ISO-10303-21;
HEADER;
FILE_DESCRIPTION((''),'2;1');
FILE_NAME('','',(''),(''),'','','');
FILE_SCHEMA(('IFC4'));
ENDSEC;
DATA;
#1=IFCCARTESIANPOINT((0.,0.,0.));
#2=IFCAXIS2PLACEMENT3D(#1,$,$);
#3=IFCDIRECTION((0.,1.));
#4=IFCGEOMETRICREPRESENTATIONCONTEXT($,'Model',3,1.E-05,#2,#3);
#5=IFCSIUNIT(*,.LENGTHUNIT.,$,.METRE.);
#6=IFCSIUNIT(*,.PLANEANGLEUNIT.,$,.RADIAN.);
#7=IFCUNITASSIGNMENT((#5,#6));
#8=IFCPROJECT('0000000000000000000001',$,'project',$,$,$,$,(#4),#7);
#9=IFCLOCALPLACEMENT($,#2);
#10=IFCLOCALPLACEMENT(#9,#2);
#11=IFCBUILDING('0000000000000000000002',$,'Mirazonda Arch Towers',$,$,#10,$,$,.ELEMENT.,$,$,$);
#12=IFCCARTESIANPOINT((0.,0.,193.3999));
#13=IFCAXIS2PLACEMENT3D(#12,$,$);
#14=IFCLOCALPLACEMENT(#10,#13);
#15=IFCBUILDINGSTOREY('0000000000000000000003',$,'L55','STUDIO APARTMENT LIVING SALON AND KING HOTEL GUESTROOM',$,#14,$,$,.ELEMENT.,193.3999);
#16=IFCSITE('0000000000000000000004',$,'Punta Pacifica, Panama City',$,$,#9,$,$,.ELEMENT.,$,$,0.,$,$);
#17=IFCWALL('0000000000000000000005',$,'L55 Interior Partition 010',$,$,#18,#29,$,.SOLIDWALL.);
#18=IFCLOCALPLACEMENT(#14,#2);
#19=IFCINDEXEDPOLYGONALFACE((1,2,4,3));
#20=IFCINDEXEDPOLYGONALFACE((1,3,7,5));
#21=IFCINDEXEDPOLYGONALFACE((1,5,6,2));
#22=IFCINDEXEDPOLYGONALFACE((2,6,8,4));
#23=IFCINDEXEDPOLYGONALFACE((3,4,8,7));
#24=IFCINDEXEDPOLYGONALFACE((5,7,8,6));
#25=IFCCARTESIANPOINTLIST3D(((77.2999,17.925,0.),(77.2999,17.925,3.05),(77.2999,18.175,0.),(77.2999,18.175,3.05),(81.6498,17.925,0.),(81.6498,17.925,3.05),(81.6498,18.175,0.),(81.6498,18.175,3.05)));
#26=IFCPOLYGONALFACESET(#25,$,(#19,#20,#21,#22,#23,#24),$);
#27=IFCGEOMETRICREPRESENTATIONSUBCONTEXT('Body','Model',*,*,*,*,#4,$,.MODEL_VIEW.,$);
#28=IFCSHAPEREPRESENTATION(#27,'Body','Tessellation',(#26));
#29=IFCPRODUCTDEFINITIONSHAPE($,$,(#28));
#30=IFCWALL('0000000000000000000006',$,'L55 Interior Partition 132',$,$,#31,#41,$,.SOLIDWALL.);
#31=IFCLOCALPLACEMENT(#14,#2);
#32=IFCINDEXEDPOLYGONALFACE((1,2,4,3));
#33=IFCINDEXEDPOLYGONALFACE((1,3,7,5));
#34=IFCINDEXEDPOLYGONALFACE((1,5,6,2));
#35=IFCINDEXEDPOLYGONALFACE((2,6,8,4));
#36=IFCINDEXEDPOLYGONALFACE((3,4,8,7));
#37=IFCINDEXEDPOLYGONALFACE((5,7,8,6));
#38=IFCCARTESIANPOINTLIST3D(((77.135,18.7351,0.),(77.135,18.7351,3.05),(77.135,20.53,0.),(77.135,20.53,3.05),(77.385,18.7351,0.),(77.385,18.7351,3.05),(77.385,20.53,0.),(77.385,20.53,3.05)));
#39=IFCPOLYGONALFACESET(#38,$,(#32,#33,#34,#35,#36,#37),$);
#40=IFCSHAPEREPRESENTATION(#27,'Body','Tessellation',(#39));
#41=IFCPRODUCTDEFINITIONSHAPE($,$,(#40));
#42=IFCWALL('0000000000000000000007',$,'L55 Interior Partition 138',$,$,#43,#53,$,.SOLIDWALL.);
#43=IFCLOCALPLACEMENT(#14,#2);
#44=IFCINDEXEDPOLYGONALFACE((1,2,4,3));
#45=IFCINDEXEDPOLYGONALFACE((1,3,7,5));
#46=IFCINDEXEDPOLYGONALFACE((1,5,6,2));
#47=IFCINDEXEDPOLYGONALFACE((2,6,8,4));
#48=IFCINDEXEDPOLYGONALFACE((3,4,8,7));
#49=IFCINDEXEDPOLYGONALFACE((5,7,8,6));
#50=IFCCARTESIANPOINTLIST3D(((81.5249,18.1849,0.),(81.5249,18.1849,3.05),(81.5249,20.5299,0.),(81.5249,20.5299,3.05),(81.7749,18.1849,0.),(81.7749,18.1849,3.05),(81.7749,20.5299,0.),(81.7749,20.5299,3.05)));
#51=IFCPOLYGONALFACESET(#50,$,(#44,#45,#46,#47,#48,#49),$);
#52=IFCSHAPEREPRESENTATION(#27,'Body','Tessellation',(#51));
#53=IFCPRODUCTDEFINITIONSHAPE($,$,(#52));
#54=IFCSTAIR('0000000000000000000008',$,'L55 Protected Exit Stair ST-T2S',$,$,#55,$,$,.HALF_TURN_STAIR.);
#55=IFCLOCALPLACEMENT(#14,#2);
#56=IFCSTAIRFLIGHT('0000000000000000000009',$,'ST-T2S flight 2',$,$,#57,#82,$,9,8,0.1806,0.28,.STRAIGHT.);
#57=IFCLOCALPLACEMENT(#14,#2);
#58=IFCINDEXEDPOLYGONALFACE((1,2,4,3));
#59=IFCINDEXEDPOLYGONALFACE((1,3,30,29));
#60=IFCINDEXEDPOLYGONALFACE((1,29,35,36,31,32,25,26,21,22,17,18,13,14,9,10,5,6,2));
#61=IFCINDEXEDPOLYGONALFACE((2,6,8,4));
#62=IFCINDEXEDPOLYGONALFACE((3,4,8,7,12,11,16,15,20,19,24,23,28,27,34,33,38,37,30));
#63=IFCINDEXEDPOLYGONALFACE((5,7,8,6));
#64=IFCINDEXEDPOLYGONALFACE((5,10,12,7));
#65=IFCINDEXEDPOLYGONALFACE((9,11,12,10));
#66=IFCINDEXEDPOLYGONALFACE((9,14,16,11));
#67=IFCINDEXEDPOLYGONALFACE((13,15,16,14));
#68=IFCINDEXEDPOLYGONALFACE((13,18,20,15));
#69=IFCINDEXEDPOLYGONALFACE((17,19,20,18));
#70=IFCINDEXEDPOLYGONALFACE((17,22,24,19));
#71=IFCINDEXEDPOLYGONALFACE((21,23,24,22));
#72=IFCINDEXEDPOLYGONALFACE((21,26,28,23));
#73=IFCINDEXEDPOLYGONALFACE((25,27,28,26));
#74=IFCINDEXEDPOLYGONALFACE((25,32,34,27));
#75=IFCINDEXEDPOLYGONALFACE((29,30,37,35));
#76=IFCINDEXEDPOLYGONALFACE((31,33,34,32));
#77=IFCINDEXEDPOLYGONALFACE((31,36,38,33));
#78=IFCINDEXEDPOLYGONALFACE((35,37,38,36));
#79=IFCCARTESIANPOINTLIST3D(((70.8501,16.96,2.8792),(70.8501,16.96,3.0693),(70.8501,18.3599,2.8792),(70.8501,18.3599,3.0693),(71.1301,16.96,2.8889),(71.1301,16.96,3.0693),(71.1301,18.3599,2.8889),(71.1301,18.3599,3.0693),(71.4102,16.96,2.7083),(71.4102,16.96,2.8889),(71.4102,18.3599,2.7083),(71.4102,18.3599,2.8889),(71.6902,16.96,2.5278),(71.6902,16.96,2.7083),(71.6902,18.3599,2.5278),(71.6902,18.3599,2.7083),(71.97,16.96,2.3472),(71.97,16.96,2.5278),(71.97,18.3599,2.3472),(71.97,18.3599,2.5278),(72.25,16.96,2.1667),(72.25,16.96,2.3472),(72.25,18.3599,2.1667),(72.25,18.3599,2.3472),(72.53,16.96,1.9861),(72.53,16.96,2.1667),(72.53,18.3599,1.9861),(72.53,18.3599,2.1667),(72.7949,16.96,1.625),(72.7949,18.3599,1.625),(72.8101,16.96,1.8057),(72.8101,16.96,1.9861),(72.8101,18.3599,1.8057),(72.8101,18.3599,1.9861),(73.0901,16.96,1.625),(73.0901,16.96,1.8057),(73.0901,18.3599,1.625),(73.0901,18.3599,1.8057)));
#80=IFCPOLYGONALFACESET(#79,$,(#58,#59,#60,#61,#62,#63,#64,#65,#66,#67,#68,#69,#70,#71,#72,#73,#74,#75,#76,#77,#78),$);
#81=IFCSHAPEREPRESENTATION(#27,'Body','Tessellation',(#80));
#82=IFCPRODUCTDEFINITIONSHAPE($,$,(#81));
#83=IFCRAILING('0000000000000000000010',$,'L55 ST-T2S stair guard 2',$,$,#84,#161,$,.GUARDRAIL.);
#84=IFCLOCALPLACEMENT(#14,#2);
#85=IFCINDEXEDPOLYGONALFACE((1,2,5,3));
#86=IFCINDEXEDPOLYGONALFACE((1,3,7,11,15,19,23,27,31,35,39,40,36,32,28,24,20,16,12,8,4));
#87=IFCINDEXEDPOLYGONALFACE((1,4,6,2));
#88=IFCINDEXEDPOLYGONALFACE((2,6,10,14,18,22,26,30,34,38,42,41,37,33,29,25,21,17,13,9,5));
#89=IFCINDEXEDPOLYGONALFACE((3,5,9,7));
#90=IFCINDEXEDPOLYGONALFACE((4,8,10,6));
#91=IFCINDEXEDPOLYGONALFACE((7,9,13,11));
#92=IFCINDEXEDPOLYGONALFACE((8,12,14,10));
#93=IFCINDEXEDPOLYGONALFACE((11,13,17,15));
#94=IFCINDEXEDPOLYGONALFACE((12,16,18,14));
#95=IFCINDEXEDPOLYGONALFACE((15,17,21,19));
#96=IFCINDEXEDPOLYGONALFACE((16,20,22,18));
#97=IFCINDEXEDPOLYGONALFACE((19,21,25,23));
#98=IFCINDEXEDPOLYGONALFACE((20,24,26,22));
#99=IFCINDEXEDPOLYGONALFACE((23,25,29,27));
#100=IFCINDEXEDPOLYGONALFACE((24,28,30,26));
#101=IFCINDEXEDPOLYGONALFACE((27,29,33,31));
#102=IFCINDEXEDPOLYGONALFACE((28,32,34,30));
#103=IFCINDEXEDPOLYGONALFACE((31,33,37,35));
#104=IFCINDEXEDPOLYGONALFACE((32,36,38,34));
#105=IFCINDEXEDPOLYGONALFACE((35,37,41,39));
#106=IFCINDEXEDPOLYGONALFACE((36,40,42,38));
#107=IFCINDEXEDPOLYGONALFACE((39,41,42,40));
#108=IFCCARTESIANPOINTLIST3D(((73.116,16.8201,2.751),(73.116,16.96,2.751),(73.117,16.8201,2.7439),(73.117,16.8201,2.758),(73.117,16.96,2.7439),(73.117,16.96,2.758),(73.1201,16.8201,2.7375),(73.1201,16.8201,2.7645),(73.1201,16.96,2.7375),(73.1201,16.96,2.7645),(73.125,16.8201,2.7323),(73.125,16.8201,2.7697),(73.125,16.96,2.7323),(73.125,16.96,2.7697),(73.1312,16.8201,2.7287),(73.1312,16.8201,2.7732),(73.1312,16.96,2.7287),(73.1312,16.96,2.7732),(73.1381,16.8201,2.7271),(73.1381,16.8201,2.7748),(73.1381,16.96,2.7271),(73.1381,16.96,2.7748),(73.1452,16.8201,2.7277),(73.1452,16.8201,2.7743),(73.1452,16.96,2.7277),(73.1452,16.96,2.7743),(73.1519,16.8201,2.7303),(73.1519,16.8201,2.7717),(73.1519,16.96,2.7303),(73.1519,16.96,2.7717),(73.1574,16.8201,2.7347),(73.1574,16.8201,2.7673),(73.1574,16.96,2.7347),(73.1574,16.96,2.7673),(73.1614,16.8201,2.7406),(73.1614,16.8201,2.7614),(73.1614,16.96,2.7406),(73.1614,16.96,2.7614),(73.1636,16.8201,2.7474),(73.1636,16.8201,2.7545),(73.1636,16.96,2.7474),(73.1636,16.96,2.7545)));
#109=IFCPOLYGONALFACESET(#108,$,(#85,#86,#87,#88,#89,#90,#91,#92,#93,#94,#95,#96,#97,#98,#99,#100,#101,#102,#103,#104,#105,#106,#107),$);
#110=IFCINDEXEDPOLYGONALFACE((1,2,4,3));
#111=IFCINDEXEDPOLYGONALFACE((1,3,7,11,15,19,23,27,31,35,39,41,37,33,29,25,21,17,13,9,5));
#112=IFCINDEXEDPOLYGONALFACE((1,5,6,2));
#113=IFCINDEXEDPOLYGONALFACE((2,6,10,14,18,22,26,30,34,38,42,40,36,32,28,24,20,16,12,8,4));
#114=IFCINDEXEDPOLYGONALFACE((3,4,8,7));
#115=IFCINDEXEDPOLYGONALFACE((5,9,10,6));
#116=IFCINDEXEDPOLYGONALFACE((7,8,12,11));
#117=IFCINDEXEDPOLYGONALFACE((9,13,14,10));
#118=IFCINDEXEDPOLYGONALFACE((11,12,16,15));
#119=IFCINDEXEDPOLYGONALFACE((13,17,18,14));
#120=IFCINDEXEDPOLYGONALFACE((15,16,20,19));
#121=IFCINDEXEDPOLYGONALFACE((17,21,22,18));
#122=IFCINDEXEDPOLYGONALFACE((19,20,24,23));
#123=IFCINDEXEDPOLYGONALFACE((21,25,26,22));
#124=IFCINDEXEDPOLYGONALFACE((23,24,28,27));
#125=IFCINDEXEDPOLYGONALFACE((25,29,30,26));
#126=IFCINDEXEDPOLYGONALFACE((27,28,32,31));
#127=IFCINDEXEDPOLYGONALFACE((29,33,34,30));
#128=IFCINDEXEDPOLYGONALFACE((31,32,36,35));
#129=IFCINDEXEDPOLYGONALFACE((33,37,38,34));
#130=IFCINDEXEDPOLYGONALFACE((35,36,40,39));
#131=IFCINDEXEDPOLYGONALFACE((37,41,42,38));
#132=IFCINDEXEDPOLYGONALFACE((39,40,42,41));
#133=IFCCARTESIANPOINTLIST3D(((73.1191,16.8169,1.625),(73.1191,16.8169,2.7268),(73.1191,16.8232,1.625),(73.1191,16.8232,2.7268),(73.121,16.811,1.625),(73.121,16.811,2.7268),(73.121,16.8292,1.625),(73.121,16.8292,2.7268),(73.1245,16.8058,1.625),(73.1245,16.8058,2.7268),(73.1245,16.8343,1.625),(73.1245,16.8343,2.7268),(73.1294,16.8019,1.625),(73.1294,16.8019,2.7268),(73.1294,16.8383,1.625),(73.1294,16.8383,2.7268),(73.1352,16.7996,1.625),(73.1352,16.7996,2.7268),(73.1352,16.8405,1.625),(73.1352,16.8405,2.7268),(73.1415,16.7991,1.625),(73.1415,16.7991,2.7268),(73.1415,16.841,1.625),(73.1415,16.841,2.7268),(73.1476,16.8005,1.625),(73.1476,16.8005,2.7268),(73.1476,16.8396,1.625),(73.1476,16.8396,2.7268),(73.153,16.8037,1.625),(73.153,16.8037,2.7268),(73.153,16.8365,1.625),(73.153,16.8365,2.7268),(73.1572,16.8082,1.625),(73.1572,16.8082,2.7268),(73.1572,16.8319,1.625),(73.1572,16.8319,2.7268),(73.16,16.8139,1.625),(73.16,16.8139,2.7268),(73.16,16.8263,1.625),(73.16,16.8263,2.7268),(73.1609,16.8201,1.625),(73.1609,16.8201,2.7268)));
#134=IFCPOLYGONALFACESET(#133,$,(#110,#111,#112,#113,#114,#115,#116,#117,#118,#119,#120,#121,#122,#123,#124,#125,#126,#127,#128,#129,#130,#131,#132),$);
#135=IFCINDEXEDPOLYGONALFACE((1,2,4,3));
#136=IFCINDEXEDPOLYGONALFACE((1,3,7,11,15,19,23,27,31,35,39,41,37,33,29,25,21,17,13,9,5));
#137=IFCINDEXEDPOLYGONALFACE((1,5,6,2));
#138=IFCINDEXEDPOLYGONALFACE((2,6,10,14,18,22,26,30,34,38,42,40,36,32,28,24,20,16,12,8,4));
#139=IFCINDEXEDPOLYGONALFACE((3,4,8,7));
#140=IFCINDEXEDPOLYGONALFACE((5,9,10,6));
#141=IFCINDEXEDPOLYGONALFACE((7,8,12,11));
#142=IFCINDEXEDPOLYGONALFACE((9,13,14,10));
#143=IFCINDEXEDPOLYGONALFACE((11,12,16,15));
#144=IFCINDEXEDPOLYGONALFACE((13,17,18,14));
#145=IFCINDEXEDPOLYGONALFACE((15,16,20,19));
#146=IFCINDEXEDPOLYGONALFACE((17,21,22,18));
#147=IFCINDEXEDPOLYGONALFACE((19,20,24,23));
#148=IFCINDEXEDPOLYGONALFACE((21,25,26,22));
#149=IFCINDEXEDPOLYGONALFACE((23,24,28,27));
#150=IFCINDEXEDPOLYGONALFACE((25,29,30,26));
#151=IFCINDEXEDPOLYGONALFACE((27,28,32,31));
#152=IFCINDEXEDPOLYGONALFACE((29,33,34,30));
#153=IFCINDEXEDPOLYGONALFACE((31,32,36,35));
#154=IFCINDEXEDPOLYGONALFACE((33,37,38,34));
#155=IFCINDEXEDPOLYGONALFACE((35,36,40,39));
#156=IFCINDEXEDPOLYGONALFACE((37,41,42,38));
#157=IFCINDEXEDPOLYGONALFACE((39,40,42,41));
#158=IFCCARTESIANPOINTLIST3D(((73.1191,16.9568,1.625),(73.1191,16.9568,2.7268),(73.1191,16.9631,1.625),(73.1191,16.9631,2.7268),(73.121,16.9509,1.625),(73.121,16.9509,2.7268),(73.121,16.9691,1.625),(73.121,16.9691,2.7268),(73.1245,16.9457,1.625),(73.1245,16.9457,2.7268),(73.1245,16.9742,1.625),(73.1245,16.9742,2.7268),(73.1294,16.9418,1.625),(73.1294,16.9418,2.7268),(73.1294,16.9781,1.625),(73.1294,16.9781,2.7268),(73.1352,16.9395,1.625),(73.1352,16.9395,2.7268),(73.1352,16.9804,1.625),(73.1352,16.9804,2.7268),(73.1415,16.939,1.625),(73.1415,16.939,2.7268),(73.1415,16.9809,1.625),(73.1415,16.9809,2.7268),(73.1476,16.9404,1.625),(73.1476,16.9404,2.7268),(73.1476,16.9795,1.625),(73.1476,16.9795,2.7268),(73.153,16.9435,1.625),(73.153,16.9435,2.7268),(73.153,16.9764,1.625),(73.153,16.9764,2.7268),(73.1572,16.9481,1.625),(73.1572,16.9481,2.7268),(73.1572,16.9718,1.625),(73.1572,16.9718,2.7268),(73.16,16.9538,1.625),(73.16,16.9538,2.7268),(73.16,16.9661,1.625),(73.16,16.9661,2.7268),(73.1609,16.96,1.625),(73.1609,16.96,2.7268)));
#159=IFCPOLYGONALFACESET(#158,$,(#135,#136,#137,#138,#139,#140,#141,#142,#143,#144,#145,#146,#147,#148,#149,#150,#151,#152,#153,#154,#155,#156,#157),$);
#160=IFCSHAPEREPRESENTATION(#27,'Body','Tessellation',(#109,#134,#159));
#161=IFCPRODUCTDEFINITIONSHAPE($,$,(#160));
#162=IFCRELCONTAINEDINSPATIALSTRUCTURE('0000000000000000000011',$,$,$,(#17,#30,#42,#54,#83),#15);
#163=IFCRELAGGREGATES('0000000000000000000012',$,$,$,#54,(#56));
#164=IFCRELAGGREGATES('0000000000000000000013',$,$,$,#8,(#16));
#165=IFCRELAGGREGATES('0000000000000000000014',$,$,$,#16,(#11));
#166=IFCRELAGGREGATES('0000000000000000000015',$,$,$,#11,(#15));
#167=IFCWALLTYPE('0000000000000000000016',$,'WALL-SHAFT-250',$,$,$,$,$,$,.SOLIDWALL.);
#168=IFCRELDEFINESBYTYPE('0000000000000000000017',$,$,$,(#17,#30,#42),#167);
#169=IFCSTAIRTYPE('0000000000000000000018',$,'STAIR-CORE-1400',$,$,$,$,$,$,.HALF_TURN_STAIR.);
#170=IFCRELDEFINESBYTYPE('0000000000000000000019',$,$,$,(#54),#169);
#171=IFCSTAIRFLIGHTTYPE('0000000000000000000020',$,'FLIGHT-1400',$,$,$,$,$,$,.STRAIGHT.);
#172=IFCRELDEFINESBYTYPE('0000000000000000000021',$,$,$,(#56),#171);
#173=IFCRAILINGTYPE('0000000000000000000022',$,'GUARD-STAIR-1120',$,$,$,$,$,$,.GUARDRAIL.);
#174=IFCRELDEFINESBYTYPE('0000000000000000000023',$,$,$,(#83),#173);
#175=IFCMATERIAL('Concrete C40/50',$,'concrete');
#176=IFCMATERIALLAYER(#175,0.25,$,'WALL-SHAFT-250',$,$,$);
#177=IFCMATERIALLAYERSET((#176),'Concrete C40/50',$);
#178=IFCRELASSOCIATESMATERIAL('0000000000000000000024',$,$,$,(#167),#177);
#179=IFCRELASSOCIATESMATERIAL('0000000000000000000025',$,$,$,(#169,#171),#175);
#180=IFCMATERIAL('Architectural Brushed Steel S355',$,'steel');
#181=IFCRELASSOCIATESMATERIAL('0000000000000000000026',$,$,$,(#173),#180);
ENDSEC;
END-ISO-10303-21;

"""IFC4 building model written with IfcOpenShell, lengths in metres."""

from ifc_helpers import new_model, si_unit, direction, frame, frame_2d, origin, origin_2d, place, context, subcontext, project, spatial, polyline, rectangle, circle, outline, extrude, material, layer, layer_set, type_object, element, aggregate, save


model = new_model("IFC4")

# Units and contexts
model_context = context("Model", 3, precision=1e-05, world=origin(), true_north=direction((0.0, 1.0)))
body_context = subcontext(model_context, "Body", "Model", "MODEL_VIEW")
ifc_project = project(units=[si_unit("LENGTHUNIT", "METRE"), si_unit("PLANEANGLEUNIT", "RADIAN")], contexts=[model_context])

# Site, building, storey
site_placement = place(None, origin())
site = spatial("IfcSite", under=ifc_project, at=site_placement, Name="Punta Pacifica, Panama City", CompositionType="ELEMENT", RefElevation=0.0)
building_placement = place(site_placement, origin())
building = spatial("IfcBuilding", under=site, at=building_placement, Name="Mirazonda Arch Towers", CompositionType="ELEMENT")
storey_placement = place(building_placement, frame((0.0, 0.0, 193.3999)))
storey = spatial("IfcBuildingStorey", under=building, at=storey_placement, Name="L55", Description="STUDIO APARTMENT LIVING SALON AND KING HOTEL GUESTROOM", CompositionType="ELEMENT", Elevation=193.3999)

# Shared definitions
ifc_material_1 = material(Name="Architectural Brushed Steel S355", Category="steel")

# Walls
ifc_material_2 = material(Name="Concrete C40/50", Category="concrete")
ifc_layer_1 = layer(ifc_material_2, 0.25, Name="WALL-SHAFT-250")
ifc_layer_set_1 = layer_set([ifc_layer_1], Name="Concrete C40/50")
wall_type_1 = type_object("IfcWallType", Name="WALL-SHAFT-250", PredefinedType="SOLIDWALL", material=ifc_layer_set_1)
wall_1_placement = place(storey_placement, frame((77.3, 18.05, 0.0), z_axis=(0.0, 0.0, 1.0), x_axis=(1.0, 0.0, 0.0)))
element("IfcWall", 1, at=wall_1_placement, inside=storey, type_object=wall_type_1, Name="L55 Interior Partition 010", PredefinedType="SOLIDWALL", context=body_context, shape_type="SweptSolid", body=[
    extrude(rectangle(XDim=4.3499, YDim=0.25, at=frame_2d((2.1748, 0.0))), origin(), (0.0, 0.0, 1.0), 3.05),
])
wall_2_placement = place(storey_placement, frame((77.26, 18.7351, 0.0), z_axis=(0.0, 0.0, 1.0), x_axis=(0.0, 1.0, 0.0)))
element("IfcWall", 2, at=wall_2_placement, inside=storey, type_object=wall_type_1, Name="L55 Interior Partition 132", PredefinedType="SOLIDWALL", context=body_context, shape_type="SweptSolid", body=[
    extrude(rectangle(XDim=1.7949, YDim=0.25, at=frame_2d((0.8975, 0.0))), origin(), (0.0, 0.0, 1.0), 3.05),
])
wall_3_placement = place(storey_placement, frame((81.6499, 18.1851, 0.0), z_axis=(0.0, 0.0, 1.0), x_axis=(0.0, 1.0, 0.0)))
element("IfcWall", 3, at=wall_3_placement, inside=storey, type_object=wall_type_1, Name="L55 Interior Partition 138", PredefinedType="SOLIDWALL", context=body_context, shape_type="SweptSolid", body=[
    extrude(rectangle(XDim=2.345, YDim=0.25, at=frame_2d((1.1724, 0.0))), origin(), (0.0, 0.0, 1.0), 3.05),
])

# Stair, stair flight
stair_type = type_object("IfcStairType", Name="STAIR-CORE-1400", PredefinedType="HALF_TURN_STAIR", material=ifc_material_2)
stair_placement = place(storey_placement, origin())
stair = element("IfcStair", 4, at=stair_placement, inside=storey, type_object=stair_type, Name="L55 Protected Exit Stair ST-T2S", PredefinedType="HALF_TURN_STAIR")
stair_flight_type = type_object("IfcStairFlightType", Name="FLIGHT-1400", PredefinedType="STRAIGHT", material=ifc_material_2)
stair_flight_placement = place(storey_placement, frame((73.0901, 17.6599, 1.625), z_axis=(0.0, 0.0, 1.0), x_axis=(-1.0, 0.0, 0.0)))
stair_flight = element("IfcStairFlight", 5, at=stair_flight_placement, type_object=stair_flight_type, Name="ST-T2S flight 2", NumberOfRisers=9, NumberOfTreads=8, PredefinedType="STRAIGHT", RiserHeight=0.1806, TreadLength=0.28, context=body_context, shape_type="SweptSolid", body=[
    extrude(outline(polyline([(0.0, 0.0), (0.0, 0.1807), (0.28, 0.1807), (0.28, 0.3611), (0.5601, 0.3611), (0.5601, 0.5417), (0.8401, 0.5417), (0.8401, 0.7222), (1.1201, 0.7222), (1.1201, 0.9028), (1.3999, 0.9028), (1.3999, 1.0833), (1.6799, 1.0833), (1.6799, 1.2639), (1.96, 1.2639), (1.96, 1.4443), (2.24, 1.4443), (2.24, 1.625), (2.24, 1.2542), (0.2952, 0.0), (0.0, 0.0)])), frame((0.0, 0.7, 0.0), z_axis=(0.0, -1.0, 0.0), x_axis=(1.0, 0.0, 0.0)), (0.0, 0.0, 1.0), 1.3999),
])
aggregate(stair, [stair_flight])

# Railing
railing_type_1 = type_object("IfcRailingType", Name="GUARD-STAIR-1120", PredefinedType="GUARDRAIL", material=ifc_material_1)
railing_1_placement = place(storey_placement, frame((73.1399, 16.8201, 1.625)))
element("IfcRailing", 6, at=railing_1_placement, inside=storey, type_object=railing_type_1, Name="L55 ST-T2S stair guard 2", PredefinedType="GUARDRAIL", context=body_context, shape_type="SweptSolid", body=[
    extrude(circle(Radius=0.0239, at=origin_2d()), frame((0.0, 0.0, 1.126), z_axis=(0.0, 1.0, 0.0), x_axis=(-1.0, 0.0, 0.0)), (0.0, 0.0, 1.0), 0.1399),
    extrude(circle(Radius=0.021, at=origin_2d()), origin(), (0.0, 0.0, 1.0), 1.1018),
    extrude(circle(Radius=0.021, at=origin_2d()), frame((0.0, 0.1399, 0.0)), (0.0, 0.0, 1.0), 1.1018),
])

save(model, "model.ifc")
